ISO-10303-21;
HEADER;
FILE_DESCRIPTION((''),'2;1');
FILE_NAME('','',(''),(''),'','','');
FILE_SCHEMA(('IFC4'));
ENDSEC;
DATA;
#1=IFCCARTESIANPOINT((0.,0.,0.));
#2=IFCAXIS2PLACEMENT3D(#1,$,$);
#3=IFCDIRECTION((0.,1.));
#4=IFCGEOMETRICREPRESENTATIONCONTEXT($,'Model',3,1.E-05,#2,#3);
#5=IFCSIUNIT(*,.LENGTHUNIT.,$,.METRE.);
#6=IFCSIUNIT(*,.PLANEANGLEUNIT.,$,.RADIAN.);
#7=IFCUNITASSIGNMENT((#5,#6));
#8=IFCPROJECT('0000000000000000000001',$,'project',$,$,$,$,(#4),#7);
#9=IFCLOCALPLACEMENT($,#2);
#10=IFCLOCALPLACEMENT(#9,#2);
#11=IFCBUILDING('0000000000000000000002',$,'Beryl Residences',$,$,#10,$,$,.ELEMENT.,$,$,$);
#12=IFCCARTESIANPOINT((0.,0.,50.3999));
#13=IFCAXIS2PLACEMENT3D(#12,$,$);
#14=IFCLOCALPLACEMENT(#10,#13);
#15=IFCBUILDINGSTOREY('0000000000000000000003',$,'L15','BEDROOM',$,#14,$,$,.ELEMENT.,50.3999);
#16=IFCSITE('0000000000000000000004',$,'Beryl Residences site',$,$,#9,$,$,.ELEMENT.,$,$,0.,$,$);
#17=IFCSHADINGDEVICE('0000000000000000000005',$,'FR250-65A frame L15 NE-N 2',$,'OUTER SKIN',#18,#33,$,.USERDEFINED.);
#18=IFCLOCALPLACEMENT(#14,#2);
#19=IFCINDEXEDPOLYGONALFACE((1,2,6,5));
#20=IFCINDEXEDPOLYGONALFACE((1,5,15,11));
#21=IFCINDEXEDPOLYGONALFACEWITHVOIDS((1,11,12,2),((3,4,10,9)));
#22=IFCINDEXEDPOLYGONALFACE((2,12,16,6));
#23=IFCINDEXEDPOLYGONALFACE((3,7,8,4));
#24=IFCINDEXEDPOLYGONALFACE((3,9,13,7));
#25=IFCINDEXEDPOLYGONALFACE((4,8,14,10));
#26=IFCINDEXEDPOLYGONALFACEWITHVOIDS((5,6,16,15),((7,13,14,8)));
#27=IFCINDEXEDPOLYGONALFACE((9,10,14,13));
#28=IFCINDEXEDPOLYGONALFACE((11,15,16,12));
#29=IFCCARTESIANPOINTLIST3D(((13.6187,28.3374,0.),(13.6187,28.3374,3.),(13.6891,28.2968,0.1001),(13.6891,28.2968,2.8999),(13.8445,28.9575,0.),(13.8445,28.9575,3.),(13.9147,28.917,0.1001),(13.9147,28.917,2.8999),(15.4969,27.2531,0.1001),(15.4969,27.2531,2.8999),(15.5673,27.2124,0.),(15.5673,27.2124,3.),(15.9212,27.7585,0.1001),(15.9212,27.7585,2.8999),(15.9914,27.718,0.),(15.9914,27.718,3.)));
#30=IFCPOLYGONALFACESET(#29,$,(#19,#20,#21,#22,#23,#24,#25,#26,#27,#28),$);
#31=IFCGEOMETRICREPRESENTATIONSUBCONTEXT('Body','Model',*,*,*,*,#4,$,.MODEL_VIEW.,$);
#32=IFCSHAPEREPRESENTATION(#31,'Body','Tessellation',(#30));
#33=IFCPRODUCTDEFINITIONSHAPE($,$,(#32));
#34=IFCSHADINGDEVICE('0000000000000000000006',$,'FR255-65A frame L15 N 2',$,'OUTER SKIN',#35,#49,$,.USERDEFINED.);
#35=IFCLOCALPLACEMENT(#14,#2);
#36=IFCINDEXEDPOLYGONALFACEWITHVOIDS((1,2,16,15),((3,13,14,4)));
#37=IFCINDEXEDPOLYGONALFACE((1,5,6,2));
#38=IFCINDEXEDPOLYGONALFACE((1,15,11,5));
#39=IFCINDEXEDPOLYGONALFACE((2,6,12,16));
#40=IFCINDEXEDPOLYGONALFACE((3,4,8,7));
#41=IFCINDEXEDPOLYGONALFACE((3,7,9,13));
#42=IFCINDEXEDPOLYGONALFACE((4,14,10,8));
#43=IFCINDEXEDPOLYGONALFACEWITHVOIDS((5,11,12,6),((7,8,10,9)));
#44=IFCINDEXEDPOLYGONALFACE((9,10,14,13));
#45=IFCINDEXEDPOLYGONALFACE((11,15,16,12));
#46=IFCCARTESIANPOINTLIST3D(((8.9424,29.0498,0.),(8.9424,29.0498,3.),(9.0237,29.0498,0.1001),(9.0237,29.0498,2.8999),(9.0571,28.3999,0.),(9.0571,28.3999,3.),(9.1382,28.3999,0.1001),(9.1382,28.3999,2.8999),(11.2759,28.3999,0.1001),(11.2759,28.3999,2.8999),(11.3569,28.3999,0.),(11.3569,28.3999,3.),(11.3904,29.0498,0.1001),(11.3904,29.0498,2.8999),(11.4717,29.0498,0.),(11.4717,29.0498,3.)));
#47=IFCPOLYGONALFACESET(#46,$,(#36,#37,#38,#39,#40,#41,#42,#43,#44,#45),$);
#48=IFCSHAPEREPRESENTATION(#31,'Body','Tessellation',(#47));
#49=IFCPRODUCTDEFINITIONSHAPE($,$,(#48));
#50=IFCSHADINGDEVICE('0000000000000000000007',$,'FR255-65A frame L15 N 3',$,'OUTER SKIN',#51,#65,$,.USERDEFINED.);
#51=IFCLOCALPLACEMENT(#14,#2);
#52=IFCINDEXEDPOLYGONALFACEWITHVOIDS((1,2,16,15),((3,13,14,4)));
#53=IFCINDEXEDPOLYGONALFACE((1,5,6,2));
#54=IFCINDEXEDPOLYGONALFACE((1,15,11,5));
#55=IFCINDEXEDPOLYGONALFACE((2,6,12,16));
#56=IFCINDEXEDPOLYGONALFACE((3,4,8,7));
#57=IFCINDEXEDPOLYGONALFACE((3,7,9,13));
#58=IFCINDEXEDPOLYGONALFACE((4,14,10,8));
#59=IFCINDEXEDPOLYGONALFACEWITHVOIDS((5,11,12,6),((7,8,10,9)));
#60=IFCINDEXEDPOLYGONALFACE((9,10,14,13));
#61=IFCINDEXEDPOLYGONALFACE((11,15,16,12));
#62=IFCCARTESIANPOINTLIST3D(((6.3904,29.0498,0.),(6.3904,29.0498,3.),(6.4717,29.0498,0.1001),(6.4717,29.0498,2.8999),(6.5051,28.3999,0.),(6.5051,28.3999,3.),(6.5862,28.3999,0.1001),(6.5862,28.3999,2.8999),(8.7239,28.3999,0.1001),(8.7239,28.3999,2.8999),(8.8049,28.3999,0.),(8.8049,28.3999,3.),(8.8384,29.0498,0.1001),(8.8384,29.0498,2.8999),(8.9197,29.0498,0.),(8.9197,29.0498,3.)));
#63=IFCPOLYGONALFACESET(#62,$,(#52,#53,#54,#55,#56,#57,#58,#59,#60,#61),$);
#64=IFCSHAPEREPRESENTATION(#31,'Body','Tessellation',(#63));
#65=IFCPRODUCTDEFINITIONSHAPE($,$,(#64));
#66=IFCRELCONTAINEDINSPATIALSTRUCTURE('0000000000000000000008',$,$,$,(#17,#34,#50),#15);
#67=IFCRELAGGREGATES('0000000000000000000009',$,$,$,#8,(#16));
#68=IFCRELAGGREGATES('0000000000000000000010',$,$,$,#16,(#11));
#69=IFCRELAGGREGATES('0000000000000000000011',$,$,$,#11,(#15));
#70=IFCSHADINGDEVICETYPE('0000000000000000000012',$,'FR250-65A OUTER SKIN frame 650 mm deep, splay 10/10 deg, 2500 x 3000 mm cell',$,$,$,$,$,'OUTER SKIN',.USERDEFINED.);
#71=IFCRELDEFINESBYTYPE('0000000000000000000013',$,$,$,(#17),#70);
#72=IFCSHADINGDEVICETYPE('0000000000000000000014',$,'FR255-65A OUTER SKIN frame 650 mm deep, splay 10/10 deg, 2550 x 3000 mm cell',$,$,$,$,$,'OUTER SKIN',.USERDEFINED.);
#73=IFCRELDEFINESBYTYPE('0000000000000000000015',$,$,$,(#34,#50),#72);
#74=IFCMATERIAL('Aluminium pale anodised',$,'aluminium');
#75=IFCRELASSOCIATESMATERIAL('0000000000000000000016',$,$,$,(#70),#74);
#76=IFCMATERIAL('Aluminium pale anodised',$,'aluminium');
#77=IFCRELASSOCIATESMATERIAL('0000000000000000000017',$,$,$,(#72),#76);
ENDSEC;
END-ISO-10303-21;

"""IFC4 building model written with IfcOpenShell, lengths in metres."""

from ifc_helpers import new_model, entity, si_unit, direction, frame, origin, place, context, subcontext, project, spatial, source, transform, mapped, material, type_object, type_shapes, element, save


model = new_model("IFC4")

# Units and contexts
model_context = context("Model", 3, precision=1e-05, world=origin(), true_north=direction((0.0, 1.0)))
body_context = subcontext(model_context, "Body", "Model", "MODEL_VIEW")
ifc_project = project(units=[si_unit("LENGTHUNIT", "METRE"), si_unit("PLANEANGLEUNIT", "RADIAN")], contexts=[model_context])

# Site, building, storey
site_placement = place(None, origin())
site = spatial("IfcSite", under=ifc_project, at=site_placement, Name="Beryl Residences site", CompositionType="ELEMENT", RefElevation=0.0)
building_placement = place(site_placement, origin())
building = spatial("IfcBuilding", under=site, at=building_placement, Name="Beryl Residences", CompositionType="ELEMENT")
storey_placement = place(building_placement, frame((0.0, 0.0, 50.3999)))
storey = spatial("IfcBuildingStorey", under=building, at=storey_placement, Name="L15", Description="BEDROOM", CompositionType="ELEMENT", Elevation=50.3999)

# Shading devices
ifc_material_1 = material(Name="Aluminium pale anodised", Category="aluminium")
shading_device_type_1 = type_object("IfcShadingDeviceType", Name="FR250-65A OUTER SKIN frame 650 mm deep, splay 10/10 deg, 2500 x 3000 mm cell", ElementType="OUTER SKIN", PredefinedType="USERDEFINED", material=ifc_material_1)
cartesian_point_1 = entity("IfcCartesianPoint", [-1.125, 0.0])
cartesian_point_2 = entity("IfcCartesianPoint", [-1.0437, 0.1001])
cartesian_point_3 = entity("IfcCartesianPoint", [-1.2395, 0.0])
cartesian_point_4 = entity("IfcCartesianPoint", [-1.1584, 0.1001])
shared_shape_1 = source(origin(), body_context, "Body", "SweptSolid", [
    entity("IfcExtrudedAreaSolidTapered", entity("IfcArbitraryProfileDefWithVoids", "AREA", None, entity("IfcPolyline", [cartesian_point_1, entity("IfcCartesianPoint", [1.125, 0.0]), entity("IfcCartesianPoint", [1.125, 3.0]), entity("IfcCartesianPoint", [-1.125, 3.0]), cartesian_point_1]), [entity("IfcPolyline", [cartesian_point_2, entity("IfcCartesianPoint", [1.0437, 0.1001]), entity("IfcCartesianPoint", [1.0437, 2.8999]), entity("IfcCartesianPoint", [-1.0437, 2.8999]), cartesian_point_2])]), entity("IfcAxis2Placement3D", entity("IfcCartesianPoint", [0.0, 0.0, 0.0]), entity("IfcDirection", [0.0, 1.0, 0.0]), entity("IfcDirection", [-1.0, 0.0, 0.0])), entity("IfcDirection", [0.0, 0.0, 1.0]), 0.6499, entity("IfcArbitraryProfileDefWithVoids", "AREA", None, entity("IfcPolyline", [cartesian_point_3, entity("IfcCartesianPoint", [1.2395, 0.0]), entity("IfcCartesianPoint", [1.2395, 3.0]), entity("IfcCartesianPoint", [-1.2395, 3.0]), cartesian_point_3]), [entity("IfcPolyline", [cartesian_point_4, entity("IfcCartesianPoint", [1.1584, 0.1001]), entity("IfcCartesianPoint", [1.1584, 2.8999]), entity("IfcCartesianPoint", [-1.1584, 2.8999]), cartesian_point_4])])),
])
type_shapes(shading_device_type_1, [shared_shape_1])
shading_device_1_placement = place(storey_placement, frame((14.593, 27.7749, 0.0), z_axis=(0.0, 0.0, 1.0), x_axis=(0.866025, -0.5, 0.0)))
element("IfcShadingDevice", 1, at=shading_device_1_placement, inside=storey, type_object=shading_device_type_1, Name="FR250-65A frame L15 NE-N 2", ObjectType="OUTER SKIN", PredefinedType="USERDEFINED", context=body_context, shape_type="MappedRepresentation", body=[
    mapped(shared_shape_1, transform((0.0, 0.0, 0.0))),
])
ifc_material_2 = material(Name="Aluminium pale anodised", Category="aluminium")
shading_device_type_2 = type_object("IfcShadingDeviceType", Name="FR255-65A OUTER SKIN frame 650 mm deep, splay 10/10 deg, 2550 x 3000 mm cell", ElementType="OUTER SKIN", PredefinedType="USERDEFINED", material=ifc_material_2)
cartesian_point_5 = entity("IfcCartesianPoint", [-1.1499, 0.0])
cartesian_point_6 = entity("IfcCartesianPoint", [-1.0688, 0.1001])
cartesian_point_7 = entity("IfcCartesianPoint", [-1.2646, 0.0])
cartesian_point_8 = entity("IfcCartesianPoint", [-1.1833, 0.1001])
shared_shape_2 = source(origin(), body_context, "Body", "SweptSolid", [
    entity("IfcExtrudedAreaSolidTapered", entity("IfcArbitraryProfileDefWithVoids", "AREA", None, entity("IfcPolyline", [cartesian_point_5, entity("IfcCartesianPoint", [1.1499, 0.0]), entity("IfcCartesianPoint", [1.1499, 3.0]), entity("IfcCartesianPoint", [-1.1499, 3.0]), cartesian_point_5]), [entity("IfcPolyline", [cartesian_point_6, entity("IfcCartesianPoint", [1.0688, 0.1001]), entity("IfcCartesianPoint", [1.0688, 2.8999]), entity("IfcCartesianPoint", [-1.0688, 2.8999]), cartesian_point_6])]), entity("IfcAxis2Placement3D", entity("IfcCartesianPoint", [0.0, 0.0, 0.0]), entity("IfcDirection", [0.0, 1.0, 0.0]), entity("IfcDirection", [-1.0, 0.0, 0.0])), entity("IfcDirection", [0.0, 0.0, 1.0]), 0.6499, entity("IfcArbitraryProfileDefWithVoids", "AREA", None, entity("IfcPolyline", [cartesian_point_7, entity("IfcCartesianPoint", [1.2646, 0.0]), entity("IfcCartesianPoint", [1.2646, 3.0]), entity("IfcCartesianPoint", [-1.2646, 3.0]), cartesian_point_7]), [entity("IfcPolyline", [cartesian_point_8, entity("IfcCartesianPoint", [1.1833, 0.1001]), entity("IfcCartesianPoint", [1.1833, 2.8999]), entity("IfcCartesianPoint", [-1.1833, 2.8999]), cartesian_point_8])])),
])
type_shapes(shading_device_type_2, [shared_shape_2])
for number, where, z_axis, x_axis, name in (
    (2, (10.207, 28.3999, 0.0), (0.0, 0.0, 1.0), (1.0, 0.0, 0.0), "FR255-65A frame L15 N 2"),
    (3, (7.655, 28.3999, 0.0), (0.0, 0.0, 1.0), (1.0, 0.0, 0.0), "FR255-65A frame L15 N 3"),
):
    element("IfcShadingDevice", number, at=place(storey_placement, frame(where, z_axis=z_axis, x_axis=x_axis)), inside=storey, type_object=shading_device_type_2, Name=name, ObjectType="OUTER SKIN", PredefinedType="USERDEFINED", context=body_context, shape_type="MappedRepresentation", body=[
        mapped(shared_shape_2, transform((0.0, 0.0, 0.0))),
    ])

save(model, "model.ifc")
